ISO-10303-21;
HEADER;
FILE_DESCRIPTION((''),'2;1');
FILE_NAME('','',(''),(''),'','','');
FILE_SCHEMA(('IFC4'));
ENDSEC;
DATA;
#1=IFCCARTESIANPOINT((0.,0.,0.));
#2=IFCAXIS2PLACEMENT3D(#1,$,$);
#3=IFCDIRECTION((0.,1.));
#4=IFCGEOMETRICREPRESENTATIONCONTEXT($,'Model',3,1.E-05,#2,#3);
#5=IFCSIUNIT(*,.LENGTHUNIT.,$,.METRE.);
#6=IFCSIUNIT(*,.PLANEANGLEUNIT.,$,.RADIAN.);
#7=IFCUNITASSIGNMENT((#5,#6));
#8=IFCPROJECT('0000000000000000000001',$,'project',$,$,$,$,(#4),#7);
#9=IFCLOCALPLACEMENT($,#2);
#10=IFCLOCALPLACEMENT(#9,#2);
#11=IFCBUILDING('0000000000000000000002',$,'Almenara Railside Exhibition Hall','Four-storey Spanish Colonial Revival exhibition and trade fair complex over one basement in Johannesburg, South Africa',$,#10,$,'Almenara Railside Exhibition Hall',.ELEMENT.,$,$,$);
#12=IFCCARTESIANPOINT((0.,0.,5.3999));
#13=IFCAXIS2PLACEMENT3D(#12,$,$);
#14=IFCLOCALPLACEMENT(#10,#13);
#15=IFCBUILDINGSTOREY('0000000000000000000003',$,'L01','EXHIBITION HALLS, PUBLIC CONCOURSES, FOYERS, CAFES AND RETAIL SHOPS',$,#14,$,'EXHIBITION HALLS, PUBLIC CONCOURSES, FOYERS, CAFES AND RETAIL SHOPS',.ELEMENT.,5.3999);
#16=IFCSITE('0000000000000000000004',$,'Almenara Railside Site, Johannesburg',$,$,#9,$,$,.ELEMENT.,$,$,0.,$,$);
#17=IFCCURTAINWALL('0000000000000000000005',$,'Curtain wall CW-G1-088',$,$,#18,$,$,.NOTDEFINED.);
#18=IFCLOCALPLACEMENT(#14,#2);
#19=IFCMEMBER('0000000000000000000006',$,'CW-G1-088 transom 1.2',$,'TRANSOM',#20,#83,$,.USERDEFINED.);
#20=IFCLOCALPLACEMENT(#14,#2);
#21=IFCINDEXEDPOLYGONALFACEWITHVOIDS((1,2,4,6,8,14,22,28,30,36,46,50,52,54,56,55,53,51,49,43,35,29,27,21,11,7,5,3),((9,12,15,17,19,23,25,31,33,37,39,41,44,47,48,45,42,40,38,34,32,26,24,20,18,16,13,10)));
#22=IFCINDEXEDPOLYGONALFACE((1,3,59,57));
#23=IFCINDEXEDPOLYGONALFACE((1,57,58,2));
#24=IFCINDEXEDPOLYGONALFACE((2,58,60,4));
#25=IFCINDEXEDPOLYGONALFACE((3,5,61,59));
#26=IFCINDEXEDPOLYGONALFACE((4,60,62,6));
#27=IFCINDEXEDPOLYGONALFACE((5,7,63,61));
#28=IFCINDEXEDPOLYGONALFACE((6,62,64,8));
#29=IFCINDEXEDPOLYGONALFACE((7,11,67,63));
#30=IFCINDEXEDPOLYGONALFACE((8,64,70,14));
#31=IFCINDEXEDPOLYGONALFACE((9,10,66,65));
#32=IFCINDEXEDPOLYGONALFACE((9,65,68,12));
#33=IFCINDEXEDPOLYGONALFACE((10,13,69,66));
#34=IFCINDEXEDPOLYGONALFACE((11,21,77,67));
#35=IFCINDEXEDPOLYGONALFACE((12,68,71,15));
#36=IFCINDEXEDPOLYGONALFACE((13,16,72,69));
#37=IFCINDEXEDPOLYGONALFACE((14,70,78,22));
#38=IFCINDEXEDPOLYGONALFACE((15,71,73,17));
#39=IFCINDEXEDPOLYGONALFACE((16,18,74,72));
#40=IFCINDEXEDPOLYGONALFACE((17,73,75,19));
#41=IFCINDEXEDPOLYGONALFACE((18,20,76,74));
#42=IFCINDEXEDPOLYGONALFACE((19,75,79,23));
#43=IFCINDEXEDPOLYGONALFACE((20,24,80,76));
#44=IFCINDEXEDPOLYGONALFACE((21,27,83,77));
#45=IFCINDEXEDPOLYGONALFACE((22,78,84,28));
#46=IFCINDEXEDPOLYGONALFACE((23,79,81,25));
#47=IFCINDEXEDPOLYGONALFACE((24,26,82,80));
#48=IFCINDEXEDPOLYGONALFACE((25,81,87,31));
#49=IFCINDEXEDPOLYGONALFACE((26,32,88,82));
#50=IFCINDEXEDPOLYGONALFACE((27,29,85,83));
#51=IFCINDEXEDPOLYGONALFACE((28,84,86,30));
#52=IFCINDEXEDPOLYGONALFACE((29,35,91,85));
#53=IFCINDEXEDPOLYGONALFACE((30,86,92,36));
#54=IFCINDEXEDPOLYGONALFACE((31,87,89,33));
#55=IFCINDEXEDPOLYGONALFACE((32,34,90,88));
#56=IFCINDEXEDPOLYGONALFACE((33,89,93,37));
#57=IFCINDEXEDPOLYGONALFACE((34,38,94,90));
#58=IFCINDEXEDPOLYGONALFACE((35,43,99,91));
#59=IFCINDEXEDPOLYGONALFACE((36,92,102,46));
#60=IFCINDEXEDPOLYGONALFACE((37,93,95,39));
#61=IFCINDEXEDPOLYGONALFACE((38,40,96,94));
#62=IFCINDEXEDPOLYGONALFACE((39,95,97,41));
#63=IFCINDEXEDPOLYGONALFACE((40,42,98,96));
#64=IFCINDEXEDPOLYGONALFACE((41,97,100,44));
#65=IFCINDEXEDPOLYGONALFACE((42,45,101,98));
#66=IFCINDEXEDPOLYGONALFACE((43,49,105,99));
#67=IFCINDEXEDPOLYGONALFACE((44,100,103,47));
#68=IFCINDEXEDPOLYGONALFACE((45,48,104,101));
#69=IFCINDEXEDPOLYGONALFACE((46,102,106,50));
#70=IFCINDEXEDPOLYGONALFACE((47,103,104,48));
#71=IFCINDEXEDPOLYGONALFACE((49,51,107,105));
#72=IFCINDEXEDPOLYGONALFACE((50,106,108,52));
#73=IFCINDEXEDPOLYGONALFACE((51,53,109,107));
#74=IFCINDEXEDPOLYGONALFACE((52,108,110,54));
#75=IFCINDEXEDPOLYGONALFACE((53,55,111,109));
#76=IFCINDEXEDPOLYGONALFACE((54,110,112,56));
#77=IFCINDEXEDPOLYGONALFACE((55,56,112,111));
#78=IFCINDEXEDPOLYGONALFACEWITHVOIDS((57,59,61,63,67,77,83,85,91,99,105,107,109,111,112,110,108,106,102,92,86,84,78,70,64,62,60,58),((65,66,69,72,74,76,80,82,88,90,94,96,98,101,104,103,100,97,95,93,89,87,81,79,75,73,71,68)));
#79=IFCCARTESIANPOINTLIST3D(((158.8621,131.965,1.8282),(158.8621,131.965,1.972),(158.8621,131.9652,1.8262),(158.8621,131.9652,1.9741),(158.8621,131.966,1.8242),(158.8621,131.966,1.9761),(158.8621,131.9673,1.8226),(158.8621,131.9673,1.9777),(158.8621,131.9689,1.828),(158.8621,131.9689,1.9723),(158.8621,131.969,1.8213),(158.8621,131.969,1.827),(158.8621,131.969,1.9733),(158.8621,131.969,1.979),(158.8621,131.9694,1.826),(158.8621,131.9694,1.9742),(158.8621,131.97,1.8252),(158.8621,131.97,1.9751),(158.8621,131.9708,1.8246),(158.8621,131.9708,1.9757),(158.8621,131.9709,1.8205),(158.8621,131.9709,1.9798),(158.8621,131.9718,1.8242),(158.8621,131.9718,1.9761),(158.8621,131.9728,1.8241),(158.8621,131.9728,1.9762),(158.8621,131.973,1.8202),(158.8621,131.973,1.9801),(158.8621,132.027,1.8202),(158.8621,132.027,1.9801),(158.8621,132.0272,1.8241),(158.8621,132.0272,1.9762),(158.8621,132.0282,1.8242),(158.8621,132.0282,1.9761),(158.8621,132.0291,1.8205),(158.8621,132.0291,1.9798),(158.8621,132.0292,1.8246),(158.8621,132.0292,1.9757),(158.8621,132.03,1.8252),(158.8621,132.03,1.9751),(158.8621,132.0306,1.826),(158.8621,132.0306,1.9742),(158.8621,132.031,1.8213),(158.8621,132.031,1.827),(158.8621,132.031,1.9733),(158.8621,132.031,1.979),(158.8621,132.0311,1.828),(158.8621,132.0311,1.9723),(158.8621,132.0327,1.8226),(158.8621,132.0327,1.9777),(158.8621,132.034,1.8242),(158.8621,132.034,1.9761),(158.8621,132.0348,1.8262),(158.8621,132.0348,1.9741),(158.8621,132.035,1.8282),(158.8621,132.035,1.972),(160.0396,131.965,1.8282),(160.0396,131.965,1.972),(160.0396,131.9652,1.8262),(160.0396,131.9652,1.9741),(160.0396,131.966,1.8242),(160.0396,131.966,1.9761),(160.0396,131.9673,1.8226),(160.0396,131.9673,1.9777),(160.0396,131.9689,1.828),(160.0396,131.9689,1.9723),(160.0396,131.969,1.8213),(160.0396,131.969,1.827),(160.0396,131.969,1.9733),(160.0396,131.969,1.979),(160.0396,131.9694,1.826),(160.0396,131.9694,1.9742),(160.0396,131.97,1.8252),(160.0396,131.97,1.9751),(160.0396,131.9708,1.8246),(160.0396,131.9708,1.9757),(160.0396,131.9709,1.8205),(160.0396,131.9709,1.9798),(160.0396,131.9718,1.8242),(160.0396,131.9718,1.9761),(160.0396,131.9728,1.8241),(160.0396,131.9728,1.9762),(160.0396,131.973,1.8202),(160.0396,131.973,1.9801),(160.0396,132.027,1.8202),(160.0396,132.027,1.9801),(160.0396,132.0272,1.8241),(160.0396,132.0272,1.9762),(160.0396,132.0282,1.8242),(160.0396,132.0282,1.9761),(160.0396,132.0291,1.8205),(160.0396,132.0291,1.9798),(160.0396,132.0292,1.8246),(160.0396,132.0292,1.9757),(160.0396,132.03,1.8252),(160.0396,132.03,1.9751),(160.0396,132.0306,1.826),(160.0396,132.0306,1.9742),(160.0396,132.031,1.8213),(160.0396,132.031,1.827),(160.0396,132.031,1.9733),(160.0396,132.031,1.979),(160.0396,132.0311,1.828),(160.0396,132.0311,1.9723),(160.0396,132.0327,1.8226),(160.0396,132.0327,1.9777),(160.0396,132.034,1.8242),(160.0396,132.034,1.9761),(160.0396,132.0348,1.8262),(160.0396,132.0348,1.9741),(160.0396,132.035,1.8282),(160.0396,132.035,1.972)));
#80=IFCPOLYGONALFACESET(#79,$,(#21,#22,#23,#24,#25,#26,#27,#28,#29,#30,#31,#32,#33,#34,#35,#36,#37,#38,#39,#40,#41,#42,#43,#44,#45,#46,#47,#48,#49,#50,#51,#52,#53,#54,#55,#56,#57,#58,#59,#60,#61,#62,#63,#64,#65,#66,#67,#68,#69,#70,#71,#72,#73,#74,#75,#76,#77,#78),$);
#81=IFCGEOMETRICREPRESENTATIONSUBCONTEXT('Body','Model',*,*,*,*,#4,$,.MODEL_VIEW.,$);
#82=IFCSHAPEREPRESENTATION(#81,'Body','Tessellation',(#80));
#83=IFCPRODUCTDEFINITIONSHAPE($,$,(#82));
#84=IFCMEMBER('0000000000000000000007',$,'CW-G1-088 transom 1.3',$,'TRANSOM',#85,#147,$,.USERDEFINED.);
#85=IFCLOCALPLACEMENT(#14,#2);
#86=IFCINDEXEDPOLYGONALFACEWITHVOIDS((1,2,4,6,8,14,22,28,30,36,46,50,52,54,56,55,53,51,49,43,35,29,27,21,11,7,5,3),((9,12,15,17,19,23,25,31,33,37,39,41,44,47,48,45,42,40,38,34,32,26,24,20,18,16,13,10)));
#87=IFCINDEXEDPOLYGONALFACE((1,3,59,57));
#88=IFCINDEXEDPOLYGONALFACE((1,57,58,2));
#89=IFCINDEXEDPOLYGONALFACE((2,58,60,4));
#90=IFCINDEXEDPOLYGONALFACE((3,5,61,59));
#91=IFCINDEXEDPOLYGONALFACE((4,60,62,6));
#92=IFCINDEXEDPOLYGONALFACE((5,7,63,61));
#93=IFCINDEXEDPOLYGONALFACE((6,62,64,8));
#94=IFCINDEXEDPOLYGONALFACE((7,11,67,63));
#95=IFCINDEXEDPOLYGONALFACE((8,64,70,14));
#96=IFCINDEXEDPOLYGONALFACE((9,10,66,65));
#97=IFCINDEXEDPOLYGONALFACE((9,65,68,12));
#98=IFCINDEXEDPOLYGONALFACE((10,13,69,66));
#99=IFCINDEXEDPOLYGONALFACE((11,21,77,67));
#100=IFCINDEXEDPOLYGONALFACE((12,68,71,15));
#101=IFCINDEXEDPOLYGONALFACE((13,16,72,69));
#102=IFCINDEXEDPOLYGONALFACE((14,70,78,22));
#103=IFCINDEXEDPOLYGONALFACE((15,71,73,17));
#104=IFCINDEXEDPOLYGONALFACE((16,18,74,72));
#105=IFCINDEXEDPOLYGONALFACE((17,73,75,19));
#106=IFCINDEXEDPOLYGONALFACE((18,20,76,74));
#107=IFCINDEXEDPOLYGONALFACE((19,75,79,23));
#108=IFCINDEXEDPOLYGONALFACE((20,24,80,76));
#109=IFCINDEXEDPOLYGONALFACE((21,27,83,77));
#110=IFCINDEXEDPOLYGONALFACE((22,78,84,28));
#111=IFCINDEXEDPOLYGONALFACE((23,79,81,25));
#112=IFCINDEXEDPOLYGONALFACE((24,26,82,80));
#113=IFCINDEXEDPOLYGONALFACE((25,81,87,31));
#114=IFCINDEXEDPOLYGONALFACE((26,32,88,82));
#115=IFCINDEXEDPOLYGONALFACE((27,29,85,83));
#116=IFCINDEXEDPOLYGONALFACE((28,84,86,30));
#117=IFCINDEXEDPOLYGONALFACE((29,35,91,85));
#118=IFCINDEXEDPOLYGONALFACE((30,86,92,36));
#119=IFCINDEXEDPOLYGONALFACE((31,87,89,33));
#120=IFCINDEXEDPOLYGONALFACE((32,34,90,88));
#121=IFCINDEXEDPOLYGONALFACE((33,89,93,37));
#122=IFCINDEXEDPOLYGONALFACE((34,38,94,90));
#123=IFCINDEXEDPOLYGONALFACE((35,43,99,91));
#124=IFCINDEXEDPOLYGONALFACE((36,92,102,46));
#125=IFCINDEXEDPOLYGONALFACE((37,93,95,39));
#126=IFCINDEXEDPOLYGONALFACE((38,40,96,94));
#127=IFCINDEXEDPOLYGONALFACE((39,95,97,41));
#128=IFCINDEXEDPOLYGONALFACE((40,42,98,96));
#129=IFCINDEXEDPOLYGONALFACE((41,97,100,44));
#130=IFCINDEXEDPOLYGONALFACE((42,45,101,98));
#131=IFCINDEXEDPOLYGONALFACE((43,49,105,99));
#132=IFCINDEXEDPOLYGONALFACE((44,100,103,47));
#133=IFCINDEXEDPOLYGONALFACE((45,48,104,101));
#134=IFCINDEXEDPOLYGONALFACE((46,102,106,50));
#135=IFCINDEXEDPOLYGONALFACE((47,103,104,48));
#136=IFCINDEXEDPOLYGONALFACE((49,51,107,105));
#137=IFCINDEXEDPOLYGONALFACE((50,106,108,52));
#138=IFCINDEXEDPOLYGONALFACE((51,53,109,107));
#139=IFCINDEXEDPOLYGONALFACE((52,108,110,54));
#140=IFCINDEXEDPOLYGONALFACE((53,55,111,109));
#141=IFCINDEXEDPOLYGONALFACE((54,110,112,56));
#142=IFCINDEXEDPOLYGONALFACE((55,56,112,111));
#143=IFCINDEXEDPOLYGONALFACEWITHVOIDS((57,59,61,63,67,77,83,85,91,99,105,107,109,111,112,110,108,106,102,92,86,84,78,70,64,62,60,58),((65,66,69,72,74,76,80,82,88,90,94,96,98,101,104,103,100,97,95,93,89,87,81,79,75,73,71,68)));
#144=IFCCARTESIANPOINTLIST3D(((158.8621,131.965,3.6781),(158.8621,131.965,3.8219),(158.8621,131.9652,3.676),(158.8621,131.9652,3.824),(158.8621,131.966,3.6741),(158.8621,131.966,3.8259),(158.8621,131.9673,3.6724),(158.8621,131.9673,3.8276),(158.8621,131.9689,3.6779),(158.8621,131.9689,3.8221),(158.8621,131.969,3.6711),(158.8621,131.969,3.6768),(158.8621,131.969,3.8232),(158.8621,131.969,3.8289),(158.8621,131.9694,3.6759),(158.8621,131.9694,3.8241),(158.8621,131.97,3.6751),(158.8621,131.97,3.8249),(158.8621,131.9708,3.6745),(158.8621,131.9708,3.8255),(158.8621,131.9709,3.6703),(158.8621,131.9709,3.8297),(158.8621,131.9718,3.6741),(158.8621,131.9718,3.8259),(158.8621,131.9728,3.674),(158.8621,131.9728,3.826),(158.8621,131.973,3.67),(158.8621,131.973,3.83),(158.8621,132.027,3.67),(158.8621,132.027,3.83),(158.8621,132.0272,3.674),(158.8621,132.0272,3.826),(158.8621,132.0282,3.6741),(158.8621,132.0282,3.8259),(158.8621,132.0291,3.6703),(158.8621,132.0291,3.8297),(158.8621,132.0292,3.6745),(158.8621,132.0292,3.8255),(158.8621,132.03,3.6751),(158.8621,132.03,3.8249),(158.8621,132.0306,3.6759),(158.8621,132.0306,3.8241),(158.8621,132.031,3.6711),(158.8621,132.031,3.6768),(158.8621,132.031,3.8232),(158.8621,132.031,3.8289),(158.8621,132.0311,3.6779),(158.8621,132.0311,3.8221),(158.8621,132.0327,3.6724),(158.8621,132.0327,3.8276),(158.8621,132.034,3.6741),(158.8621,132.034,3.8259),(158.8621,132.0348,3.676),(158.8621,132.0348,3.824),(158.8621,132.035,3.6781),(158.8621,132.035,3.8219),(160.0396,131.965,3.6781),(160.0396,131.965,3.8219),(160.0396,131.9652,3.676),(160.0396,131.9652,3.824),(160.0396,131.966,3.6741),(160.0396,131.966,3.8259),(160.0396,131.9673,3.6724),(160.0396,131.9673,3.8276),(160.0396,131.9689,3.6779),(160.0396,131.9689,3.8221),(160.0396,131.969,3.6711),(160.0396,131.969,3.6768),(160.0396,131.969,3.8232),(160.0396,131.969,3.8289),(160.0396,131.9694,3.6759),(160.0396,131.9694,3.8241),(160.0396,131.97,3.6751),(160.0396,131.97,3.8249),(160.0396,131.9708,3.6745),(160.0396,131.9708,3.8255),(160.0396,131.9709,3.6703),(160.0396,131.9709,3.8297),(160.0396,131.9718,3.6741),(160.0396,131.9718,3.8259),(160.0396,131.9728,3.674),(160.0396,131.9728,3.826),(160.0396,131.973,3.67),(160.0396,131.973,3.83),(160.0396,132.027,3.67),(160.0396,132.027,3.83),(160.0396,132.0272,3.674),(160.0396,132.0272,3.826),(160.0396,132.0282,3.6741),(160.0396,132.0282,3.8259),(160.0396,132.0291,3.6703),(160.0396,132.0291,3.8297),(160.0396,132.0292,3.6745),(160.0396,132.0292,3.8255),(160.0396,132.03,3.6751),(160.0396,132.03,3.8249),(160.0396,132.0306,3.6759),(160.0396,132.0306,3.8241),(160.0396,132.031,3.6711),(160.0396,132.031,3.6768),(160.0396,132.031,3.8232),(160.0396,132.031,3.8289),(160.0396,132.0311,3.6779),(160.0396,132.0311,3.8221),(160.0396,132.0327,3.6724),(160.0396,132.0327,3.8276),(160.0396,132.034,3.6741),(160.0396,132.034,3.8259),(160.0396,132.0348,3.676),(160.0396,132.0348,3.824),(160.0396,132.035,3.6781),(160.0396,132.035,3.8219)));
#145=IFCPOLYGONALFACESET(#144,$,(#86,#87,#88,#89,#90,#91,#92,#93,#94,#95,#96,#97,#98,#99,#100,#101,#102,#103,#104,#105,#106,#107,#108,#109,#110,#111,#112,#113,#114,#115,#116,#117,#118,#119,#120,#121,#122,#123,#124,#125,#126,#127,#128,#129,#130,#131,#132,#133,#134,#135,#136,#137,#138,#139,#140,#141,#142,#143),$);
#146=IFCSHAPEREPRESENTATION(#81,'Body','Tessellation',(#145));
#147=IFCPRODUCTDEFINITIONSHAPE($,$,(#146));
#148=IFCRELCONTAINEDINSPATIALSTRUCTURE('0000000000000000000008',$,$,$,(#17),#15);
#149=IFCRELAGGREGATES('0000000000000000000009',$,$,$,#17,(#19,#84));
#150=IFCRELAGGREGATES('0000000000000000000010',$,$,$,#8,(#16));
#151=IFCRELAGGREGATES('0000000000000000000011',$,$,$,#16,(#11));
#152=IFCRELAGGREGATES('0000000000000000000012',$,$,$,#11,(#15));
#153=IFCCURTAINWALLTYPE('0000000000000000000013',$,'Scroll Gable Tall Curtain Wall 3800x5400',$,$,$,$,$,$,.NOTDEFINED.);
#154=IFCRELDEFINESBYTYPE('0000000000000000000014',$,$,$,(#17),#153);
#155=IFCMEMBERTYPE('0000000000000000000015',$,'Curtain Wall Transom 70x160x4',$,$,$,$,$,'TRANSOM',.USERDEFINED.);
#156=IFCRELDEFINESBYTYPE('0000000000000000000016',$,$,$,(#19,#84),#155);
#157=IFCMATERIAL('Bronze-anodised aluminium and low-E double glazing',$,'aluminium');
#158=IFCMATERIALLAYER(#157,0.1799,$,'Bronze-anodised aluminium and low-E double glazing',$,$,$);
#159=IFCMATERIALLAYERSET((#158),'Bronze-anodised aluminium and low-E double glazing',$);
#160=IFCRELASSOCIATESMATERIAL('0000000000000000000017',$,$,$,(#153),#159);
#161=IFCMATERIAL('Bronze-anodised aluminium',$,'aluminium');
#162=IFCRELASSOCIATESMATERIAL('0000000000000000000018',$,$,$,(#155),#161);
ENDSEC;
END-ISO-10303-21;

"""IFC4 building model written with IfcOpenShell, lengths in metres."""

from ifc_helpers import new_model, si_unit, direction, frame, origin, origin_2d, place, context, subcontext, project, spatial, hollow_rectangle, extrude, material, layer, layer_set, material_profile, profile_set, type_object, element, aggregate, save


model = new_model("IFC4")

# Units and contexts
model_context = context("Model", 3, precision=1e-05, world=origin(), true_north=direction((0.0, 1.0)))
body_context = subcontext(model_context, "Body", "Model", "MODEL_VIEW")
ifc_project = project(units=[si_unit("LENGTHUNIT", "METRE"), si_unit("PLANEANGLEUNIT", "RADIAN")], contexts=[model_context])

# Site, building, storey
site_placement = place(None, origin())
site = spatial("IfcSite", under=ifc_project, at=site_placement, Name="Almenara Railside Site, Johannesburg", CompositionType="ELEMENT", RefElevation=0.0)
building_placement = place(site_placement, origin())
building = spatial("IfcBuilding", under=site, at=building_placement, Name="Almenara Railside Exhibition Hall", Description="Four-storey Spanish Colonial Revival exhibition and trade fair complex over one basement in Johannesburg, South Africa", LongName="Almenara Railside Exhibition Hall", CompositionType="ELEMENT")
storey_placement = place(building_placement, frame((0.0, 0.0, 5.3999)))
storey = spatial("IfcBuildingStorey", under=building, at=storey_placement, Name="L01", Description="EXHIBITION HALLS, PUBLIC CONCOURSES, FOYERS, CAFES AND RETAIL SHOPS", LongName="EXHIBITION HALLS, PUBLIC CONCOURSES, FOYERS, CAFES AND RETAIL SHOPS", CompositionType="ELEMENT", Elevation=5.3999)

# Curtain wall
ifc_material_1 = material(Name="Bronze-anodised aluminium and low-E double glazing", Category="aluminium")
ifc_material_2 = material(Name="Bronze-anodised aluminium", Category="aluminium")
ifc_layer_1 = layer(ifc_material_1, 0.1799, Name="Bronze-anodised aluminium and low-E double glazing")
ifc_layer_set_1 = layer_set([ifc_layer_1], Name="Bronze-anodised aluminium and low-E double glazing")
curtain_wall_type_1 = type_object("IfcCurtainWallType", Name="Scroll Gable Tall Curtain Wall 3800x5400", PredefinedType="NOTDEFINED", material=ifc_layer_set_1)
curtain_wall_1_placement = place(storey_placement, origin())
curtain_wall_1 = element("IfcCurtainWall", 1, at=curtain_wall_1_placement, inside=storey, type_object=curtain_wall_type_1, Name="Curtain wall CW-G1-088", PredefinedType="NOTDEFINED")

# Members
ifc_material_profile_1 = material_profile(ifc_material_2, hollow_rectangle(XDim=0.0701, YDim=0.1599, WallThickness=0.0039, InnerFilletRadius=0.0039, OuterFilletRadius=0.0081, at=origin_2d()), Name="ALU-TRN 70x160x4")
ifc_profile_set_1 = profile_set([ifc_material_profile_1], Name="Bronze-anodised aluminium")
member_type_1 = type_object("IfcMemberType", Name="Curtain Wall Transom 70x160x4", ElementType="TRANSOM", PredefinedType="USERDEFINED", material=ifc_profile_set_1)
member_1_placement = place(storey_placement, frame((158.8621, 132.0, 1.9001), z_axis=(1.0, 0.0, 0.0), x_axis=(0.0, 1.0, 0.0)))
member_1 = element("IfcMember", 2, at=member_1_placement, type_object=member_type_1, Name="CW-G1-088 transom 1.2", ObjectType="TRANSOM", PredefinedType="USERDEFINED", context=body_context, shape_type="SweptSolid", body=[
    extrude(hollow_rectangle(XDim=0.0701, YDim=0.1599, WallThickness=0.0039, InnerFilletRadius=0.0039, OuterFilletRadius=0.0081, at=origin_2d()), origin(), (0.0, 0.0, 1.0), 1.1775),
])
member_2_placement = place(storey_placement, frame((158.8621, 132.0, 3.75), z_axis=(1.0, 0.0, 0.0), x_axis=(0.0, 1.0, 0.0)))
member_2 = element("IfcMember", 3, at=member_2_placement, type_object=member_type_1, Name="CW-G1-088 transom 1.3", ObjectType="TRANSOM", PredefinedType="USERDEFINED", context=body_context, shape_type="SweptSolid", body=[
    extrude(hollow_rectangle(XDim=0.0701, YDim=0.1599, WallThickness=0.0039, InnerFilletRadius=0.0039, OuterFilletRadius=0.0081, at=origin_2d()), origin(), (0.0, 0.0, 1.0), 1.1775),
])

aggregate(curtain_wall_1, [member_1, member_2])

save(model, "model.ifc")
